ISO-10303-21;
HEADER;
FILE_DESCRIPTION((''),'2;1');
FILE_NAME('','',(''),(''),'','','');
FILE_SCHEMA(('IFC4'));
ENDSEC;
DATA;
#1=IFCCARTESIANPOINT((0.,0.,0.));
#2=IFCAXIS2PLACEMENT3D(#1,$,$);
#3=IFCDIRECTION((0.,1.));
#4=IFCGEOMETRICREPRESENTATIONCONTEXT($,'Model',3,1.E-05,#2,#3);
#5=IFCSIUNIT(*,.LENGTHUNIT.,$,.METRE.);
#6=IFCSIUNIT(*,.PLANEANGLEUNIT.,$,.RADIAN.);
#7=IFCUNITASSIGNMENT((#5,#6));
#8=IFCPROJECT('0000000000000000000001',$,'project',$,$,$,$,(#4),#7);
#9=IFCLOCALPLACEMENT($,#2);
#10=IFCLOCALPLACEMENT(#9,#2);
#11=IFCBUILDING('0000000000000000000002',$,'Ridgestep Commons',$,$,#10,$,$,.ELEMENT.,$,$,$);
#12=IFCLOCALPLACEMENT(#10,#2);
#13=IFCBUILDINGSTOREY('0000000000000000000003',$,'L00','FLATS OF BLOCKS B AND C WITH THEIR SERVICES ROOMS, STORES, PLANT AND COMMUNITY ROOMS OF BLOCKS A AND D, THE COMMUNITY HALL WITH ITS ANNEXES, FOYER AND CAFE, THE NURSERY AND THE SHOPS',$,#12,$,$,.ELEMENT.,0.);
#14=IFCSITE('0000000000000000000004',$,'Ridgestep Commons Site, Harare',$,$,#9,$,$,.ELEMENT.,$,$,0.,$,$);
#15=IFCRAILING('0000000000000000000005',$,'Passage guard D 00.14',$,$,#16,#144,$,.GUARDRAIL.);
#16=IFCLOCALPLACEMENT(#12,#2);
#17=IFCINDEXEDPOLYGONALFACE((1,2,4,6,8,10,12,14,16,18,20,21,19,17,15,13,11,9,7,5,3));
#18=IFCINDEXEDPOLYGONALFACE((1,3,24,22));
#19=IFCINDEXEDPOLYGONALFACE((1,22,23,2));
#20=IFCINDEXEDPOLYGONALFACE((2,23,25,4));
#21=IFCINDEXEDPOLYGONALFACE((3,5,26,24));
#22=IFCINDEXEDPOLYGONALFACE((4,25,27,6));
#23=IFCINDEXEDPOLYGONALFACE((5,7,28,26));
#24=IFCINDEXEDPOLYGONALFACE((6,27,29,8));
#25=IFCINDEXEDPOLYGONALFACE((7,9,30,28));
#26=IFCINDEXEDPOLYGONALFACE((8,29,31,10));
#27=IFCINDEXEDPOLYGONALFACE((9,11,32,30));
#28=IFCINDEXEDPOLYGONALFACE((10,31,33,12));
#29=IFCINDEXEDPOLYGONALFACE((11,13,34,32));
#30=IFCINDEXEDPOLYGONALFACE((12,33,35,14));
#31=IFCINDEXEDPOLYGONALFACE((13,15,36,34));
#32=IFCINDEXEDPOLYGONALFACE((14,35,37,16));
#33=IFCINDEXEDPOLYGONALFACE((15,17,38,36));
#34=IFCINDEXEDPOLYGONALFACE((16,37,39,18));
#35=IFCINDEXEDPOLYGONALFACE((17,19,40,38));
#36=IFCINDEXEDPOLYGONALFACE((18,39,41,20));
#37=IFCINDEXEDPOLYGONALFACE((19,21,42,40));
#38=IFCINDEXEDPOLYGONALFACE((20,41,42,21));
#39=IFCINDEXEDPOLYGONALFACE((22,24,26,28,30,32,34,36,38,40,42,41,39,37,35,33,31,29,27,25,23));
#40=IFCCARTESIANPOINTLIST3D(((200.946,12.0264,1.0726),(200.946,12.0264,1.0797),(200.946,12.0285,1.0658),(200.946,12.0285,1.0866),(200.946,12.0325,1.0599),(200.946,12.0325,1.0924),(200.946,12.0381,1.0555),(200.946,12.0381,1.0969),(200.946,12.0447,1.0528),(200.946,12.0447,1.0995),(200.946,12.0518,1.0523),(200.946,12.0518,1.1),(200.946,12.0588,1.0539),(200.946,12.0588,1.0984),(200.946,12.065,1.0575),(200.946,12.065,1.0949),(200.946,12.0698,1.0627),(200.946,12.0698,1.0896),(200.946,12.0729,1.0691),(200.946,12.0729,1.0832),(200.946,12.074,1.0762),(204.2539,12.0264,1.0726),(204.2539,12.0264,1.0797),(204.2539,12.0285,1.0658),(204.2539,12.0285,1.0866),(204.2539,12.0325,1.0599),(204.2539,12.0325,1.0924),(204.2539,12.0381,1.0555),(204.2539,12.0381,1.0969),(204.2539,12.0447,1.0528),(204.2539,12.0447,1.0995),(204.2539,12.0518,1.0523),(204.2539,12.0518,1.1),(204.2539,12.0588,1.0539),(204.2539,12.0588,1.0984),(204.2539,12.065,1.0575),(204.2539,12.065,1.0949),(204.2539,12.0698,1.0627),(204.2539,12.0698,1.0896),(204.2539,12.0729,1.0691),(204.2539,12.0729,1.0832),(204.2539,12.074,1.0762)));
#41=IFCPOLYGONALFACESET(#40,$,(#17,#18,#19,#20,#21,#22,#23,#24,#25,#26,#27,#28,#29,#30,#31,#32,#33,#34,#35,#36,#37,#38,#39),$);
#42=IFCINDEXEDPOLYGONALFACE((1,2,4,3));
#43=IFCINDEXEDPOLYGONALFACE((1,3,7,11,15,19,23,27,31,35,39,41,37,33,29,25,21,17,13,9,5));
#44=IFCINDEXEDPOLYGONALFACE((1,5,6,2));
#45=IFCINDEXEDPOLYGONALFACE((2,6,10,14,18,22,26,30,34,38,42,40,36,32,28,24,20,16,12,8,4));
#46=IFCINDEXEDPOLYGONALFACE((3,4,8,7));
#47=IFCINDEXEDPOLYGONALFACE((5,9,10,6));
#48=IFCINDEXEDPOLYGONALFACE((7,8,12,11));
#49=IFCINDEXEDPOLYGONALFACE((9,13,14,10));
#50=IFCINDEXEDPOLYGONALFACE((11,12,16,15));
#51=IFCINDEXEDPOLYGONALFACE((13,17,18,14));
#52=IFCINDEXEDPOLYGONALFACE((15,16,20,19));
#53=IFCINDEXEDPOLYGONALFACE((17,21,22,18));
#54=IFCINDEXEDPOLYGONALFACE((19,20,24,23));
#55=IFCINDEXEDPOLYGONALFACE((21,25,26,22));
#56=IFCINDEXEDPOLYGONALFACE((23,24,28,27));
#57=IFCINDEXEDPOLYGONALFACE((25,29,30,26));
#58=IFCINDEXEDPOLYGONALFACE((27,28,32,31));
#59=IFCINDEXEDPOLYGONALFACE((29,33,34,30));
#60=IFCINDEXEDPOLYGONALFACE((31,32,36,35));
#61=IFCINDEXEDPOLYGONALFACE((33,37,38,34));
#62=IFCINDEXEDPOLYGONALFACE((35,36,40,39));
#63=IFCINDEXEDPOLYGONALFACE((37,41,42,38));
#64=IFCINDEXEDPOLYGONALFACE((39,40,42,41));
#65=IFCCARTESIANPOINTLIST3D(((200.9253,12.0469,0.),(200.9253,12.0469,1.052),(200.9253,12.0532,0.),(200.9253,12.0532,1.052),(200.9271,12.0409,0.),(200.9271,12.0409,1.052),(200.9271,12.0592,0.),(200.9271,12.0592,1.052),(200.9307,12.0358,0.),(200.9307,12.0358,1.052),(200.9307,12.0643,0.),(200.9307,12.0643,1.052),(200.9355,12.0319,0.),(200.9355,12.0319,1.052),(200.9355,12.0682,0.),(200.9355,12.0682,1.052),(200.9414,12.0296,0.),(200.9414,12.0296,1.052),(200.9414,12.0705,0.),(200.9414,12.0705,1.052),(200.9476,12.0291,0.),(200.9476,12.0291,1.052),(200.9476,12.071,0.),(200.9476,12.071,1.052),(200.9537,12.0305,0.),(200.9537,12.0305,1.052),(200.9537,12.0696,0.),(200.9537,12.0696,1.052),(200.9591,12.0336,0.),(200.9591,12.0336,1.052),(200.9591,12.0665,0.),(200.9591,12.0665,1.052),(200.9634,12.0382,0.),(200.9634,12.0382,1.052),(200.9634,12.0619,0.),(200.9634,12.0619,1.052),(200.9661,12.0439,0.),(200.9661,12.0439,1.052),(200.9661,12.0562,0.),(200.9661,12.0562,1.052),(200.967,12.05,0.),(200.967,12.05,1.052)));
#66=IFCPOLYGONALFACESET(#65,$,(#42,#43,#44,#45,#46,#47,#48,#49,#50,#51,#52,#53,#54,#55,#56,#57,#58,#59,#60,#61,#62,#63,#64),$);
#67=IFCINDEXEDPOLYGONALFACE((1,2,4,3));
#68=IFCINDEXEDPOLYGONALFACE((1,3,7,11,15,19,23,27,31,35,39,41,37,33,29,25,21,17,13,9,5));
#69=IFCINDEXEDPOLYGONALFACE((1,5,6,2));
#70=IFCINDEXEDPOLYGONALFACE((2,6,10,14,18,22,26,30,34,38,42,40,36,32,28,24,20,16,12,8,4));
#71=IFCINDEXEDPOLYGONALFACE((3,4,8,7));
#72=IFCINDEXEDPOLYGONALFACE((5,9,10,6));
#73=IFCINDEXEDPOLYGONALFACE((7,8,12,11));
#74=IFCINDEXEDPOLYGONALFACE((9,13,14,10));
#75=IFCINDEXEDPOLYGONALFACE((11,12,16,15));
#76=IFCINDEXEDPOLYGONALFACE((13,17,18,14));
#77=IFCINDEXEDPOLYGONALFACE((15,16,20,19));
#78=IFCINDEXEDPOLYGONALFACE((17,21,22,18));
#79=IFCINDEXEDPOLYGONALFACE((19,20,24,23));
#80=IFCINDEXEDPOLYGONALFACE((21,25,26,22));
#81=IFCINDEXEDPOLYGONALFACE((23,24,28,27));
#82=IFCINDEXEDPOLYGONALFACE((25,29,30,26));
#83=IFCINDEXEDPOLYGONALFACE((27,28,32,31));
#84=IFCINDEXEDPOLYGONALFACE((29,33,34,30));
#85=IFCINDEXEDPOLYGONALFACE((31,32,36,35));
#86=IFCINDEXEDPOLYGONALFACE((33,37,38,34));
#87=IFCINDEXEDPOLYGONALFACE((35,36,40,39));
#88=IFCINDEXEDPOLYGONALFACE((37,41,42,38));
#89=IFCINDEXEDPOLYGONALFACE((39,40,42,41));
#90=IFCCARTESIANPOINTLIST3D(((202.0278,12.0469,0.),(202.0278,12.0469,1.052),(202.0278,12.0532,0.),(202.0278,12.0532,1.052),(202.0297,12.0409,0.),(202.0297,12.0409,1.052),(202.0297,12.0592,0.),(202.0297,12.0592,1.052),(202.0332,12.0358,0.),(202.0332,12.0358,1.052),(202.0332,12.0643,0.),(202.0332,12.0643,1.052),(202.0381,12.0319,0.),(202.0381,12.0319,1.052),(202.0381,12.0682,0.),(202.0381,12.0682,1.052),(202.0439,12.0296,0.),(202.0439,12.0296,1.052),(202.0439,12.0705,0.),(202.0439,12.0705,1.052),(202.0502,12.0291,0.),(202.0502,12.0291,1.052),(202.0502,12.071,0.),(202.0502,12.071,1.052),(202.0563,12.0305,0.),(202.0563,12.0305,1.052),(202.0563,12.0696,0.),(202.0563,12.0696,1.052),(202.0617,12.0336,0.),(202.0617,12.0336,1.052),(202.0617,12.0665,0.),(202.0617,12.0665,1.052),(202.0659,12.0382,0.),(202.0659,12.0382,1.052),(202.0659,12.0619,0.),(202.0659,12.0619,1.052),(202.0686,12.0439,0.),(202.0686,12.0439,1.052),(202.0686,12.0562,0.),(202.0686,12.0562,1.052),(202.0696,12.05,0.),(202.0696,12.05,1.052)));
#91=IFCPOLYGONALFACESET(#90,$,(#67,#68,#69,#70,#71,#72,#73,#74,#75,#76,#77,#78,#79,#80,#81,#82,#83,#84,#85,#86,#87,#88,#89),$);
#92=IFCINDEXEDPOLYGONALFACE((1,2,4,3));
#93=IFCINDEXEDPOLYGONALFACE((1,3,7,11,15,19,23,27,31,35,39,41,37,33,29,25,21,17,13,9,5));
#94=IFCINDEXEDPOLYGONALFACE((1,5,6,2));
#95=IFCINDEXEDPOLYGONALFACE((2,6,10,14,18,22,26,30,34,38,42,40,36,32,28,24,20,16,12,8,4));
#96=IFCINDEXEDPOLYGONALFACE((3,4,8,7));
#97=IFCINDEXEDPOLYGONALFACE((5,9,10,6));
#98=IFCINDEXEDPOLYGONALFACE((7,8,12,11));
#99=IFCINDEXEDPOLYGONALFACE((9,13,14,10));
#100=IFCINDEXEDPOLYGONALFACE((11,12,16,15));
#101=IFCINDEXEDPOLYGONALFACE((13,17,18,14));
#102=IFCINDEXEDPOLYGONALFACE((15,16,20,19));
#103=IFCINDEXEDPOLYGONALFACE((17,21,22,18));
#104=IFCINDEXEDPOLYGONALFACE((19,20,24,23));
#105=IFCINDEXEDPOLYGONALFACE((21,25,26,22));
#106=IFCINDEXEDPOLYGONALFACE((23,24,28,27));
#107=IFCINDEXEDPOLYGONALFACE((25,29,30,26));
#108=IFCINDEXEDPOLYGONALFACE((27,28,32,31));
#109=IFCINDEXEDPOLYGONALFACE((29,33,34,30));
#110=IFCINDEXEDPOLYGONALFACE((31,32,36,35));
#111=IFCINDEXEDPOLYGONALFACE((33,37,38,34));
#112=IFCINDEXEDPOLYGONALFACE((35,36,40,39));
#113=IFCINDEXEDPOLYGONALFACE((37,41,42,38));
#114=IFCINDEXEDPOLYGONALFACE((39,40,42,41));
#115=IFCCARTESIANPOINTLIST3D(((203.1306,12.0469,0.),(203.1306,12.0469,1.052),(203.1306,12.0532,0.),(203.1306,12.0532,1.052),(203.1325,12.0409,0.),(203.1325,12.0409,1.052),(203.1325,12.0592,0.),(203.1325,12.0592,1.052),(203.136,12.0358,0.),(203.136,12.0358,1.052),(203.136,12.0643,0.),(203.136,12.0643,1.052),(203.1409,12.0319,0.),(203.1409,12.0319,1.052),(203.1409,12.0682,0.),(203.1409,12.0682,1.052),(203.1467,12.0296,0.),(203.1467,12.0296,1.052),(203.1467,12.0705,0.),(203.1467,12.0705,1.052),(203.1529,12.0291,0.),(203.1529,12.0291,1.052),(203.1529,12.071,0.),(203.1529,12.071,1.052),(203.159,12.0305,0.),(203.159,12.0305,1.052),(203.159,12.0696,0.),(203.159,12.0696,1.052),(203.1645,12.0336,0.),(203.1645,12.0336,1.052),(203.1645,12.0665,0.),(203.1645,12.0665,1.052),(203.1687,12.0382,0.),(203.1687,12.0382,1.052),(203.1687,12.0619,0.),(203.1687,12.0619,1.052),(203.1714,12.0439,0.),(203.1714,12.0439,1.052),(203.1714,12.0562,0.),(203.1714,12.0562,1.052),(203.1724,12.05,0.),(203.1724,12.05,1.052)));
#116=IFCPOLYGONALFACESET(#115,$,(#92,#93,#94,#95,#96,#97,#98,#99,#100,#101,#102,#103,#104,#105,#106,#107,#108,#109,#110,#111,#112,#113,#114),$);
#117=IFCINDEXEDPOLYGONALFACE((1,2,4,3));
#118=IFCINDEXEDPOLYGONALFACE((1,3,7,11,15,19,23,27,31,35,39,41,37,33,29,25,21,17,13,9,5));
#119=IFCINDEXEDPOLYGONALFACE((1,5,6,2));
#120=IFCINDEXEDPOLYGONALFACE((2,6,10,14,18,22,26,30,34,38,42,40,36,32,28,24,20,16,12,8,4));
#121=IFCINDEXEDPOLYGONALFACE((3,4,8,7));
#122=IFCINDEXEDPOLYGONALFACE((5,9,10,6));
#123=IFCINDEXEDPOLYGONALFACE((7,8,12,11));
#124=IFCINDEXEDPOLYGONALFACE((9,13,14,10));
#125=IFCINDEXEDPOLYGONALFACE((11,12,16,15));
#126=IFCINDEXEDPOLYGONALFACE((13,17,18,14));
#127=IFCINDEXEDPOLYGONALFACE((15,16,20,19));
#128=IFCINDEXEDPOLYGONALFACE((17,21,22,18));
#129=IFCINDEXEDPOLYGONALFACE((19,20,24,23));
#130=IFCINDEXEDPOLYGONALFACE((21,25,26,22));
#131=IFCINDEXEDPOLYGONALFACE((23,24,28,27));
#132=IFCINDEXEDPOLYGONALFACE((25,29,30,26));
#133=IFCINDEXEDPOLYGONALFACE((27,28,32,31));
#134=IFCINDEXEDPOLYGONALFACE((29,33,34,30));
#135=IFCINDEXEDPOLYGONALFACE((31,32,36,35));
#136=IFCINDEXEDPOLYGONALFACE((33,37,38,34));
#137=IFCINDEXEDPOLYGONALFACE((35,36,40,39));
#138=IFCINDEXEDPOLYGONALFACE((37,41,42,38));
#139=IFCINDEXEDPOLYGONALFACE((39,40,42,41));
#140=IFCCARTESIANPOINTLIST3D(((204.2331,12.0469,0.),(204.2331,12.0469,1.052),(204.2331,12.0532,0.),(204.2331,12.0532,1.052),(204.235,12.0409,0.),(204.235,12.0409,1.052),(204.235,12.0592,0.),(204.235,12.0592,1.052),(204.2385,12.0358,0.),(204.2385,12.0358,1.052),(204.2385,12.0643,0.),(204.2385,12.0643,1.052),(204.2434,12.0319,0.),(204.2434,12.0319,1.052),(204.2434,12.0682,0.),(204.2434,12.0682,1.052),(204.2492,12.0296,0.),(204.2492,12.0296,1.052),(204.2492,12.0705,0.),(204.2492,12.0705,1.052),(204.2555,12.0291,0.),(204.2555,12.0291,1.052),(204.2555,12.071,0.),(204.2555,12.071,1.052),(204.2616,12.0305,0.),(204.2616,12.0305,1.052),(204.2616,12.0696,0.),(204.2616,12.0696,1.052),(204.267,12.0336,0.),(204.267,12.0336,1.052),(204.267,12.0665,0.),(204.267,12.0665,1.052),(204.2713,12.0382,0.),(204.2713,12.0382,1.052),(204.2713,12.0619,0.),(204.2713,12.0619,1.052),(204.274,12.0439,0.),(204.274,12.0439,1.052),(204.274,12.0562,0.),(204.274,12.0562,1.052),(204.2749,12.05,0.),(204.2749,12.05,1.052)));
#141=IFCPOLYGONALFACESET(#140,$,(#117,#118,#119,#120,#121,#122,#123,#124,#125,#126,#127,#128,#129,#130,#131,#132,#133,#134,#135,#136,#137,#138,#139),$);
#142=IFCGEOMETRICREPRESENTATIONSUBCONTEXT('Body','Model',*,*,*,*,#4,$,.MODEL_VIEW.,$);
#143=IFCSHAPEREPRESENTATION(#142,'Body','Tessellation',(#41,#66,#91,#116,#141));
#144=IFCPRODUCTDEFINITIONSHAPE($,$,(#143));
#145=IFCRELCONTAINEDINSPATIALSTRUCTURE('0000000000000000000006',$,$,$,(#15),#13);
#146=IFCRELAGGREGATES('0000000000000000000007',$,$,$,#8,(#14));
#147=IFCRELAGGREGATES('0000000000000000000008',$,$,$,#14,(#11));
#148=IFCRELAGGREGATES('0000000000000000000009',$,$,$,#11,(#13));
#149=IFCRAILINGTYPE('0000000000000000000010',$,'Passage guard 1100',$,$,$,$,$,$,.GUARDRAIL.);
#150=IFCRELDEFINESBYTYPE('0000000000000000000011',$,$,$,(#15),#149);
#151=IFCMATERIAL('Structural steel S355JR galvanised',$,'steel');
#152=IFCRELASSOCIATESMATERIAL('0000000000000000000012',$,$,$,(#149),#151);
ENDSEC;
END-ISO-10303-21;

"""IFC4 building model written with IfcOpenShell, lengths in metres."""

from ifc_helpers import new_model, si_unit, direction, frame, origin, origin_2d, place, context, subcontext, project, spatial, circle, extrude, material, type_object, element, save


model = new_model("IFC4")

# Units and contexts
model_context = context("Model", 3, precision=1e-05, world=origin(), true_north=direction((0.0, 1.0)))
body_context = subcontext(model_context, "Body", "Model", "MODEL_VIEW")
ifc_project = project(units=[si_unit("LENGTHUNIT", "METRE"), si_unit("PLANEANGLEUNIT", "RADIAN")], contexts=[model_context])

# Site, building, storey
site_placement = place(None, origin())
site = spatial("IfcSite", under=ifc_project, at=site_placement, Name="Ridgestep Commons Site, Harare", CompositionType="ELEMENT", RefElevation=0.0)
building_placement = place(site_placement, origin())
building = spatial("IfcBuilding", under=site, at=building_placement, Name="Ridgestep Commons", CompositionType="ELEMENT")
storey_placement = place(building_placement, origin())
storey = spatial("IfcBuildingStorey", under=building, at=storey_placement, Name="L00", Description="FLATS OF BLOCKS B AND C WITH THEIR SERVICES ROOMS, STORES, PLANT AND COMMUNITY ROOMS OF BLOCKS A AND D, THE COMMUNITY HALL WITH ITS ANNEXES, FOYER AND CAFE, THE NURSERY AND THE SHOPS", CompositionType="ELEMENT", Elevation=0.0)

# Railing
ifc_material_1 = material(Name="Structural steel S355JR galvanised", Category="steel")
railing_type = type_object("IfcRailingType", Name="Passage guard 1100", PredefinedType="GUARDRAIL", material=ifc_material_1)
railing_1_placement = place(storey_placement, frame((200.946, 12.05, 0.0)))
element("IfcRailing", 1, at=railing_1_placement, inside=storey, type_object=railing_type, Name="Passage guard D 00.14", PredefinedType="GUARDRAIL", context=body_context, shape_type="SweptSolid", body=[
    extrude(circle(Radius=0.0239, at=origin_2d()), frame((0.0, 0.0, 1.0762), z_axis=(1.0, 0.0, 0.0), x_axis=(0.0, 1.0, 0.0)), (0.0, 0.0, 1.0), 3.3079),
    extrude(circle(Radius=0.021, at=origin_2d()), origin(), (0.0, 0.0, 1.0), 1.052),
    extrude(circle(Radius=0.021, at=origin_2d()), frame((1.1025, 0.0, 0.0)), (0.0, 0.0, 1.0), 1.052),
    extrude(circle(Radius=0.021, at=origin_2d()), frame((2.2053, 0.0, 0.0)), (0.0, 0.0, 1.0), 1.052),
    extrude(circle(Radius=0.021, at=origin_2d()), frame((3.3079, 0.0, 0.0)), (0.0, 0.0, 1.0), 1.052),
])

save(model, "model.ifc")
